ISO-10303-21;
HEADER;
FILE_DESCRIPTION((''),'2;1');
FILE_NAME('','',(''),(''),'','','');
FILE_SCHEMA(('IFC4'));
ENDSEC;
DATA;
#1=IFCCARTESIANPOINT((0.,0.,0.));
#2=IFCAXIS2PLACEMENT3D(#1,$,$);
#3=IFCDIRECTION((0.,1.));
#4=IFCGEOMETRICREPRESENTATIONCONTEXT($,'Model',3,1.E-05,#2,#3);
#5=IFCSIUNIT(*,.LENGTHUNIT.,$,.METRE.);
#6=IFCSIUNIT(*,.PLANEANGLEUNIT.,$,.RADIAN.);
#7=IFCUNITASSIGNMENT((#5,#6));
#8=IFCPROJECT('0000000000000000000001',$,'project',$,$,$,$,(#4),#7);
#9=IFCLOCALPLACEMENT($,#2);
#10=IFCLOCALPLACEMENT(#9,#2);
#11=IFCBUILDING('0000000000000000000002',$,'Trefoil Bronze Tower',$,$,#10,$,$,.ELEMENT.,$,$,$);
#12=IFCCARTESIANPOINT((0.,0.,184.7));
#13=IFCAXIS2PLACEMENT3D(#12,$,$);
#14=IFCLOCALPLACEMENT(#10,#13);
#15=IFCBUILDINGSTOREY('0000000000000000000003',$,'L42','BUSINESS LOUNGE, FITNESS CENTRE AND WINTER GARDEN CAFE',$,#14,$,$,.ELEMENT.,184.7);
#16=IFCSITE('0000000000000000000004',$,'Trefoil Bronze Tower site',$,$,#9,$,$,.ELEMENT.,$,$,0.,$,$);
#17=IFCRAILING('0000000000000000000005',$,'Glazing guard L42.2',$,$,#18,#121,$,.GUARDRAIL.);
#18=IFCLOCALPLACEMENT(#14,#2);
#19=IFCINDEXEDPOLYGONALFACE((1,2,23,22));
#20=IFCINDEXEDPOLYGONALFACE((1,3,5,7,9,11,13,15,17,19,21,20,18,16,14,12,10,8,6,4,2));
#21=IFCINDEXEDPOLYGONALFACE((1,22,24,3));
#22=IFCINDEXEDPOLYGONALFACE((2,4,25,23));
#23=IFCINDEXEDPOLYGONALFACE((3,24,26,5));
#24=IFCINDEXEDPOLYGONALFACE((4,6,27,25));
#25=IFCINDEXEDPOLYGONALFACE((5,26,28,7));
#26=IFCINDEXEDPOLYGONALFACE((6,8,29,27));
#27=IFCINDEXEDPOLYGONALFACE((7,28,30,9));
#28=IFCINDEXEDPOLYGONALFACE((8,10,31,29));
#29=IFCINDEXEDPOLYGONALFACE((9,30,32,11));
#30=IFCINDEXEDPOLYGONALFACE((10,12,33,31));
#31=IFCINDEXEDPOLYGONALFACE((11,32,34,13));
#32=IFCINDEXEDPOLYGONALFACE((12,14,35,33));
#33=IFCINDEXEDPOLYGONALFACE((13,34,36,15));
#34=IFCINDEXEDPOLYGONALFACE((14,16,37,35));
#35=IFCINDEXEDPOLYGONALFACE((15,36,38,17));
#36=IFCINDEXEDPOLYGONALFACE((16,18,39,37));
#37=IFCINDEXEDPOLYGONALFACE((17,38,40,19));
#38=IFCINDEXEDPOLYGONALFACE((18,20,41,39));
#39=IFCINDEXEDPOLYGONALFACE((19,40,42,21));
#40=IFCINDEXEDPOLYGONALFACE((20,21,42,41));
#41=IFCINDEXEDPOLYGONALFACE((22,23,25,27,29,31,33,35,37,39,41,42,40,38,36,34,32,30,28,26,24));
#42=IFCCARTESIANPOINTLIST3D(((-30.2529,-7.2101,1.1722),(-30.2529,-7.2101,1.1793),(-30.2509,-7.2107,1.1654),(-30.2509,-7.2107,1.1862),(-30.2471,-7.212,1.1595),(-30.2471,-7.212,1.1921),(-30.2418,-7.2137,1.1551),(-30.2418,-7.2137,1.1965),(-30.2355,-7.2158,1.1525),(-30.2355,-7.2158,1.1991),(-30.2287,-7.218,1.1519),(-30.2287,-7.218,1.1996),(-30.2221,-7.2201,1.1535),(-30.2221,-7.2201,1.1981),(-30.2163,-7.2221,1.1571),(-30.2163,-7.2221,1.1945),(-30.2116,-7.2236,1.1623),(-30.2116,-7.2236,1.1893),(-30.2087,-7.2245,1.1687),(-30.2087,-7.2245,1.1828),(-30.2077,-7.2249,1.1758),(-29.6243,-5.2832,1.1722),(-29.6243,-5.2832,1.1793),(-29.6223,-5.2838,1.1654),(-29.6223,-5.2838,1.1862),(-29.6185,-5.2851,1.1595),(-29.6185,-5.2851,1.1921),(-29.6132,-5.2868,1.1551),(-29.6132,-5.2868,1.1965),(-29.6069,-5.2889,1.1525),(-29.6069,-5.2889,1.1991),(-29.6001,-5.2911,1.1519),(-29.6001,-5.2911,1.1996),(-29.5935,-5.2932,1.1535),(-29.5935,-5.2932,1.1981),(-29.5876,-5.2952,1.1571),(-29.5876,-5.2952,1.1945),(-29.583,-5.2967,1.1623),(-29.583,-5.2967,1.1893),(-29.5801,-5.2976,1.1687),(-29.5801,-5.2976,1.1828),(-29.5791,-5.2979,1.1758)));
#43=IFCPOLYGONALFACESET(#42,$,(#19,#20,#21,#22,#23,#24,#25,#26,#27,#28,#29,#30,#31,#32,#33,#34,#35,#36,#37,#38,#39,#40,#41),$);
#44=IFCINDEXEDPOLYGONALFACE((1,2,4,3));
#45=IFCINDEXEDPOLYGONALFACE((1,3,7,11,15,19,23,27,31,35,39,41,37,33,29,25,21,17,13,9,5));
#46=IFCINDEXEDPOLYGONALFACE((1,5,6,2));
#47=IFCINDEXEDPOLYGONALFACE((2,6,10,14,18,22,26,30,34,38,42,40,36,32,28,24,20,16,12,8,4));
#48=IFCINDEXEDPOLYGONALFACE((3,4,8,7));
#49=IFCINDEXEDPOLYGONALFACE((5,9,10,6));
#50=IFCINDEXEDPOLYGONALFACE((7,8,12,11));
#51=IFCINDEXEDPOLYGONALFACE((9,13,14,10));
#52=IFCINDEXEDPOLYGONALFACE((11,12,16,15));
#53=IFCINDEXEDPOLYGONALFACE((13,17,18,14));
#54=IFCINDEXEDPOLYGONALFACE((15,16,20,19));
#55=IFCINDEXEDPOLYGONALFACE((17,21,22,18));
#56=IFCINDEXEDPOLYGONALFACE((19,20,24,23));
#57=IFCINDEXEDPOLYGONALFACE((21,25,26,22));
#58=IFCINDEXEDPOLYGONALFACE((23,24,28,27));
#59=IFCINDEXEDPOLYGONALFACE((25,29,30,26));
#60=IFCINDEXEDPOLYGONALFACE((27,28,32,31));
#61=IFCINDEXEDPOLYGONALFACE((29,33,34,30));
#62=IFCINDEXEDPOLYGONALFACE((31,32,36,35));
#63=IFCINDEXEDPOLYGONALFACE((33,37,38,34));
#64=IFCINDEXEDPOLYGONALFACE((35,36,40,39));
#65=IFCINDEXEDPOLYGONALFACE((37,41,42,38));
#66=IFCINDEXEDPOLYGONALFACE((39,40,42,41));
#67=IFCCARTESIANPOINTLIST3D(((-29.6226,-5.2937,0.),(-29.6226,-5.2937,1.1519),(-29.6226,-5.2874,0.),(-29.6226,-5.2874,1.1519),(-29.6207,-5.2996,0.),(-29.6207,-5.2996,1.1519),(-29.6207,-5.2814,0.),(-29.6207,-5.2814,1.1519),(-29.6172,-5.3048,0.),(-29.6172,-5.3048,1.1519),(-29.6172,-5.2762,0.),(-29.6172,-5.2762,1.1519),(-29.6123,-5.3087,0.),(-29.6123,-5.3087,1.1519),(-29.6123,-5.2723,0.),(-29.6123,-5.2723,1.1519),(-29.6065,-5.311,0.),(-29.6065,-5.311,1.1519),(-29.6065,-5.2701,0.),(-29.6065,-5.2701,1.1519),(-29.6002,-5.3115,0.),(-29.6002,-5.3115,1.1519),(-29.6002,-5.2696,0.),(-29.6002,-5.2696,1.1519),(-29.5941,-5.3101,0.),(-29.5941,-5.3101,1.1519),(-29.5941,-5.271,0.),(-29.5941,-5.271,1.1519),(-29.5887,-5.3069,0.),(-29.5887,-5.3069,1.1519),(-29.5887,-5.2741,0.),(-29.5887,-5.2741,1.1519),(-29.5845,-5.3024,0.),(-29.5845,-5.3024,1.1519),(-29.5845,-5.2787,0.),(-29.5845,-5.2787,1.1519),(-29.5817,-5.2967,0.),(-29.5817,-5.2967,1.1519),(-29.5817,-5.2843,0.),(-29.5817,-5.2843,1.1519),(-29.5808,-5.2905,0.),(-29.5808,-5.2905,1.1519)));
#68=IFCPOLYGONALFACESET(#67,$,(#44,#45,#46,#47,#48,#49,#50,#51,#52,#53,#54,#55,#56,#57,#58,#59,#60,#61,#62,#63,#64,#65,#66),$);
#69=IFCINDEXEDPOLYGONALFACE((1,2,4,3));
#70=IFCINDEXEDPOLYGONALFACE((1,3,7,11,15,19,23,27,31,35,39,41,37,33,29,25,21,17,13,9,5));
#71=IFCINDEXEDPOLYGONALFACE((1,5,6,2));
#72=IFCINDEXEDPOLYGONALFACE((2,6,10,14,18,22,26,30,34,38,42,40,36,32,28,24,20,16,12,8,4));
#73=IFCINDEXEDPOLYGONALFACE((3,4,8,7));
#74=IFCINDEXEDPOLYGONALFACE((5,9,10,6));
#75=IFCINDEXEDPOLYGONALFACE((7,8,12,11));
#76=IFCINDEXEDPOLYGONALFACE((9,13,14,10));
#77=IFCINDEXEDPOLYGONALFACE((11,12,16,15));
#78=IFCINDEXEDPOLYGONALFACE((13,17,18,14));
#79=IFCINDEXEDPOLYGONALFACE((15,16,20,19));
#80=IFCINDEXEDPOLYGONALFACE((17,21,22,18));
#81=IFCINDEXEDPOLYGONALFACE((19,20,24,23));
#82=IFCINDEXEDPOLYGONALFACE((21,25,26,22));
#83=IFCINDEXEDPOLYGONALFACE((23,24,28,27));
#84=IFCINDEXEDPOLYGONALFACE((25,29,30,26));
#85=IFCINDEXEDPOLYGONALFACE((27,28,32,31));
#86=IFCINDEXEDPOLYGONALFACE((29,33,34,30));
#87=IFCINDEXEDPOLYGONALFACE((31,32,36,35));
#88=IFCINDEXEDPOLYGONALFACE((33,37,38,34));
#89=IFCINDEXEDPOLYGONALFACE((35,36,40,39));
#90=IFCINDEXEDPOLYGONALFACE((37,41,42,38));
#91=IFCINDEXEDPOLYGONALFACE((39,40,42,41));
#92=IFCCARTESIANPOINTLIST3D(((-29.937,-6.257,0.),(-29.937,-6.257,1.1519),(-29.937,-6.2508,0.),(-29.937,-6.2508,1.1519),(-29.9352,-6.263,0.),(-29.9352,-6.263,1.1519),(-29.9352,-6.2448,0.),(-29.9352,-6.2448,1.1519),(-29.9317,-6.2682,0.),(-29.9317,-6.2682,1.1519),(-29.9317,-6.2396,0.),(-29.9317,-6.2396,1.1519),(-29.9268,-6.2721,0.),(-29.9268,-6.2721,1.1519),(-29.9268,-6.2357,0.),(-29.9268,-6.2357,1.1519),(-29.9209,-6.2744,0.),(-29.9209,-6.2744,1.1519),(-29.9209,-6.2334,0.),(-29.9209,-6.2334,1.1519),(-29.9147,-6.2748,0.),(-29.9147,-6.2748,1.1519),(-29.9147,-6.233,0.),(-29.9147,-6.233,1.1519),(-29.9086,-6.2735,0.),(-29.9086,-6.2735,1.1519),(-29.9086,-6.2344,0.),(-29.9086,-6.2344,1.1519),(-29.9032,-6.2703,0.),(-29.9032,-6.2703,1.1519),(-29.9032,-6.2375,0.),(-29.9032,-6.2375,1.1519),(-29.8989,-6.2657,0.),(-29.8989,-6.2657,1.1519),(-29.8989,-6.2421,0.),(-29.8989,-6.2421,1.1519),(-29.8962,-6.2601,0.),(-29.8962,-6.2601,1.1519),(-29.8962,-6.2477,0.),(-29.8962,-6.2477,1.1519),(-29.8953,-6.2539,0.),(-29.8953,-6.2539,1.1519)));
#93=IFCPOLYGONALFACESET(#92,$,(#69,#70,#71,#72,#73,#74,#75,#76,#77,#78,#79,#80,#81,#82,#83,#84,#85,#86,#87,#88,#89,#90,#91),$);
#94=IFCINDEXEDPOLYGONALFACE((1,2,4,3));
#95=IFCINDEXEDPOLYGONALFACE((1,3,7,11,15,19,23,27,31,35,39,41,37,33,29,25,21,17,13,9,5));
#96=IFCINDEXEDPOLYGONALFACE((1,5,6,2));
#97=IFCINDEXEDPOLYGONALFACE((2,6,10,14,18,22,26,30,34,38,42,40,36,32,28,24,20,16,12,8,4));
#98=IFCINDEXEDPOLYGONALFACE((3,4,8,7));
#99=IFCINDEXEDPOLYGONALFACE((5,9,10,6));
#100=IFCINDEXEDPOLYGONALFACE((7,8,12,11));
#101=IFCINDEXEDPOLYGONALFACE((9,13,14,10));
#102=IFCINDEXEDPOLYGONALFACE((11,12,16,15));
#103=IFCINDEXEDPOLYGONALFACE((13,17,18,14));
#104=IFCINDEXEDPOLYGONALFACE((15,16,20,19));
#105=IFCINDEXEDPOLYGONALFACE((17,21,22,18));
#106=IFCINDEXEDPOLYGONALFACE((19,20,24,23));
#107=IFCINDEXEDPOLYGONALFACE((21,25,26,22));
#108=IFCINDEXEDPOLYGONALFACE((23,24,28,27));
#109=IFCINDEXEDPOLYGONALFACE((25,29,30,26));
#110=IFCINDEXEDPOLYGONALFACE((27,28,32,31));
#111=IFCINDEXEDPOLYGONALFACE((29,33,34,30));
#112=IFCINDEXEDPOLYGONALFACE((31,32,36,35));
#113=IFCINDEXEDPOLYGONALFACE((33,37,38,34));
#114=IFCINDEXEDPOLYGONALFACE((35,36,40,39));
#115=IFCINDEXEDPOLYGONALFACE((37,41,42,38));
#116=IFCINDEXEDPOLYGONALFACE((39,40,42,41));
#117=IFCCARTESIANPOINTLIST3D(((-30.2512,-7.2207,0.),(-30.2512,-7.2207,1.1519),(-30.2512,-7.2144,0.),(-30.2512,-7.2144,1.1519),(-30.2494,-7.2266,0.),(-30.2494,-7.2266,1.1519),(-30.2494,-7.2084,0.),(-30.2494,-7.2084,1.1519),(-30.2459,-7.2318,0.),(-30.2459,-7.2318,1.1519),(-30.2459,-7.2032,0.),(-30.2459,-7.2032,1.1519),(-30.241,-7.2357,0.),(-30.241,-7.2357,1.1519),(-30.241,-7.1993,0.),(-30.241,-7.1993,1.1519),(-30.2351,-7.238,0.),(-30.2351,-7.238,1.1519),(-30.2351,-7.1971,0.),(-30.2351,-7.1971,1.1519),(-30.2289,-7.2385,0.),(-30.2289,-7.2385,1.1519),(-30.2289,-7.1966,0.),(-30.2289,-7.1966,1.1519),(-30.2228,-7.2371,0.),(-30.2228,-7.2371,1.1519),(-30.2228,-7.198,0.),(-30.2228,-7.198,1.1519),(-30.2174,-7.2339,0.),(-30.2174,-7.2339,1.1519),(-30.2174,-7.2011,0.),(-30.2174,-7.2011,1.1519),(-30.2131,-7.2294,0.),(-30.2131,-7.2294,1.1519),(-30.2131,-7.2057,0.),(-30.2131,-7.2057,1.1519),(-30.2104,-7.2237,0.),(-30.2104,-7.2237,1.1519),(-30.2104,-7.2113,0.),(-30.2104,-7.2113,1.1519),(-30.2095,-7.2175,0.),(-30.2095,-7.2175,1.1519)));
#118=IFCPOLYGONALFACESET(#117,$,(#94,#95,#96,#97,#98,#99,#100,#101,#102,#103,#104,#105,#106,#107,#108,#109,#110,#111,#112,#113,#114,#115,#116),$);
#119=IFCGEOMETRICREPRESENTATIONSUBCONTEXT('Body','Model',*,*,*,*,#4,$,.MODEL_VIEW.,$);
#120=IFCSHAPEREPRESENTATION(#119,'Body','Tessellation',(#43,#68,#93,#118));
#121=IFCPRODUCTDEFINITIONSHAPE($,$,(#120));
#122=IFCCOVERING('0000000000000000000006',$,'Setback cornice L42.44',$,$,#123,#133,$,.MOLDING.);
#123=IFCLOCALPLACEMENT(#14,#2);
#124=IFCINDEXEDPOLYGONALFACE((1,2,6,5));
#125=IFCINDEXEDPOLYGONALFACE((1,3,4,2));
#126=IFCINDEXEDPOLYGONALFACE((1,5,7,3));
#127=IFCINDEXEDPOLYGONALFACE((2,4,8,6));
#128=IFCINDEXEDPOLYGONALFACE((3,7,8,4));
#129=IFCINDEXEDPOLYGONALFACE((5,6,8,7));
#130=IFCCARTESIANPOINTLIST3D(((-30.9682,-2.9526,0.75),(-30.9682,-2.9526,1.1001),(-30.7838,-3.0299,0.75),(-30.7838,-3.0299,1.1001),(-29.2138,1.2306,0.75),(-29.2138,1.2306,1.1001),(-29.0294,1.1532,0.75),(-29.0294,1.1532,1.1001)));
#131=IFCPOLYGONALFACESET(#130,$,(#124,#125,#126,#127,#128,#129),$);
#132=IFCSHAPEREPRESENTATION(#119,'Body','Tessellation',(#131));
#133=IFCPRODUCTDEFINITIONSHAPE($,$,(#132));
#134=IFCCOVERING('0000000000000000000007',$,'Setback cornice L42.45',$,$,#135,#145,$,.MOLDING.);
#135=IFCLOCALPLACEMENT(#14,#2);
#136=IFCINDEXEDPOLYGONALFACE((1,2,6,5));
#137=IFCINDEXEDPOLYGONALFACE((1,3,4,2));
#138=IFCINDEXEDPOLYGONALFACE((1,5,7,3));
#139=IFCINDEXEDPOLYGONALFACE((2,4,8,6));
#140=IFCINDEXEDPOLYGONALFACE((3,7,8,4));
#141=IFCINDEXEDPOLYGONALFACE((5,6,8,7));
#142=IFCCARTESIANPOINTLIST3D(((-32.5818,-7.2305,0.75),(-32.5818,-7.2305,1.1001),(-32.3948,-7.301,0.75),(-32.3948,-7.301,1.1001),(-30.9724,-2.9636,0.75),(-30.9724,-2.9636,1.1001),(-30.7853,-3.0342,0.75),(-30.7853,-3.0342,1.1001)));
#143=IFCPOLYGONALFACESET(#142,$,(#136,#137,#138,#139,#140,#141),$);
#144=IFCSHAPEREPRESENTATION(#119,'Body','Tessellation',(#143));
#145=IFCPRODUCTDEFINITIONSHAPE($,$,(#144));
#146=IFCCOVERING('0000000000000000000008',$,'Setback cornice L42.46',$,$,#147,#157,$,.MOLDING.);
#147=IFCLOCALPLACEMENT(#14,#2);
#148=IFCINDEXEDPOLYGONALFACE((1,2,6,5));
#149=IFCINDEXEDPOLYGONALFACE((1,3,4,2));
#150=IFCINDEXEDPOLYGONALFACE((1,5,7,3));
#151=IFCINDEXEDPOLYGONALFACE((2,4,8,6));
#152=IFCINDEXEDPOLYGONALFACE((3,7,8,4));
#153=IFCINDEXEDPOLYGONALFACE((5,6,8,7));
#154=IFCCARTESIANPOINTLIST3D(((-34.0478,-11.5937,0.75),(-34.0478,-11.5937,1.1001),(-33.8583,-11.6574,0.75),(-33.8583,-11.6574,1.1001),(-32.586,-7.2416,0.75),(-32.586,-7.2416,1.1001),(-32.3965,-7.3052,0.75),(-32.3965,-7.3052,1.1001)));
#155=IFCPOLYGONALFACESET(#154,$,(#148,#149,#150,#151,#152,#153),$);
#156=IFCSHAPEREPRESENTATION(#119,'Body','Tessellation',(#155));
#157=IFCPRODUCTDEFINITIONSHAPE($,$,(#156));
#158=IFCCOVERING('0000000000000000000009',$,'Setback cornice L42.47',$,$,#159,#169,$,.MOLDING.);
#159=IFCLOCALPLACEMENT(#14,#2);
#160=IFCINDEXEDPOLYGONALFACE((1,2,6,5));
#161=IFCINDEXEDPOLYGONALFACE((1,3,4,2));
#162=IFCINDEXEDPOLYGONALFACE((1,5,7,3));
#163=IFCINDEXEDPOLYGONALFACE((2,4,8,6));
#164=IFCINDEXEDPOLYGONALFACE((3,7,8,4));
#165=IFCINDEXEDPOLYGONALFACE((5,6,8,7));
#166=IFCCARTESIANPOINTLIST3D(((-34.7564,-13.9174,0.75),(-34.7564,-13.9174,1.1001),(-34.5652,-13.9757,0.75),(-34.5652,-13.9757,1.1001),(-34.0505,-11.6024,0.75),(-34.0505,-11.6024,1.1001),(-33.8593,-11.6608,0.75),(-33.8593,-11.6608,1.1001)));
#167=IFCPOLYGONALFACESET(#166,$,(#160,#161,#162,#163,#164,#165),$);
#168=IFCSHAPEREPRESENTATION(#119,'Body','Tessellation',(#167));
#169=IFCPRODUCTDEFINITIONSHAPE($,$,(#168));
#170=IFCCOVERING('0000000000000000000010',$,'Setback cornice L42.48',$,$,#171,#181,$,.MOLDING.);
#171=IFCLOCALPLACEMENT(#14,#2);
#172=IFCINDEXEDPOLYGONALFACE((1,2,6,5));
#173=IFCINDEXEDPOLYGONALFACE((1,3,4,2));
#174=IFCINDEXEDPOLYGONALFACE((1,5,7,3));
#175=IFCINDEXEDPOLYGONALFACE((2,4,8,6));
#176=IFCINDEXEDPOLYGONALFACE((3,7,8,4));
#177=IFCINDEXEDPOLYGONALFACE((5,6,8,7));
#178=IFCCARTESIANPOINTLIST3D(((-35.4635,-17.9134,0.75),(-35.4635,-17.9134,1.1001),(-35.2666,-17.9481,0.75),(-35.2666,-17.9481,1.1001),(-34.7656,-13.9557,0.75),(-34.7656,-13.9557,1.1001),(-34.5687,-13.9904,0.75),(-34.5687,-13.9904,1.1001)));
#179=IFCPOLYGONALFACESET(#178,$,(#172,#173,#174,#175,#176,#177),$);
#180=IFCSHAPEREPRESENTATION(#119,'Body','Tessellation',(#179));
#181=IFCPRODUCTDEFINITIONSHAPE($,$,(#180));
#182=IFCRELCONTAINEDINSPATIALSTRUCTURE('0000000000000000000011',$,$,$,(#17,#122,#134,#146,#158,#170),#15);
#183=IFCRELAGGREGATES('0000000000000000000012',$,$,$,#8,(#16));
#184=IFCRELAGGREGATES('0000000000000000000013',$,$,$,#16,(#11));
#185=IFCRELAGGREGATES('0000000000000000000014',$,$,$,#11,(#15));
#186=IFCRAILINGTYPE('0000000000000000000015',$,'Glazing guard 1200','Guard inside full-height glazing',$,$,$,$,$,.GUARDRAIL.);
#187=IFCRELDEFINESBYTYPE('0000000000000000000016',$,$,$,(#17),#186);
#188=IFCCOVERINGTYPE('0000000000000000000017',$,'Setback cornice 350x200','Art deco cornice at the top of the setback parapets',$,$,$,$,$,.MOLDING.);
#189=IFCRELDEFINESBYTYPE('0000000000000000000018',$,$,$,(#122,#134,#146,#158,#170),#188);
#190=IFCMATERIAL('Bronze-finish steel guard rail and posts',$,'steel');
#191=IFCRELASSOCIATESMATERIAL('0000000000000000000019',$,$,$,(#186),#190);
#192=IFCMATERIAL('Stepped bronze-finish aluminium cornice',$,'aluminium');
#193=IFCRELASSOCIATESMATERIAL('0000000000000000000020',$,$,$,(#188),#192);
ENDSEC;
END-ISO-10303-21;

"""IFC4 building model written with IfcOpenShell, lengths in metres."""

from ifc_helpers import new_model, si_unit, direction, frame, origin, origin_2d, place, context, subcontext, project, spatial, rectangle, circle, extrude, material, type_object, element, save


model = new_model("IFC4")

# Units and contexts
model_context = context("Model", 3, precision=1e-05, world=origin(), true_north=direction((0.0, 1.0)))
body_context = subcontext(model_context, "Body", "Model", "MODEL_VIEW")
ifc_project = project(units=[si_unit("LENGTHUNIT", "METRE"), si_unit("PLANEANGLEUNIT", "RADIAN")], contexts=[model_context])

# Site, building, storey
site_placement = place(None, origin())
site = spatial("IfcSite", under=ifc_project, at=site_placement, Name="Trefoil Bronze Tower site", CompositionType="ELEMENT", RefElevation=0.0)
building_placement = place(site_placement, origin())
building = spatial("IfcBuilding", under=site, at=building_placement, Name="Trefoil Bronze Tower", CompositionType="ELEMENT")
storey_placement = place(building_placement, frame((0.0, 0.0, 184.7)))
storey = spatial("IfcBuildingStorey", under=building, at=storey_placement, Name="L42", Description="BUSINESS LOUNGE, FITNESS CENTRE AND WINTER GARDEN CAFE", CompositionType="ELEMENT", Elevation=184.7)

# Railing
ifc_material_1 = material(Name="Bronze-finish steel guard rail and posts", Category="steel")
railing_type = type_object("IfcRailingType", Name="Glazing guard 1200", Description="Guard inside full-height glazing", PredefinedType="GUARDRAIL", material=ifc_material_1)
railing_1_placement = place(storey_placement, frame((-29.6018, -5.2905, 0.0)))
element("IfcRailing", 1, at=railing_1_placement, inside=storey, type_object=railing_type, Name="Glazing guard L42.2", PredefinedType="GUARDRAIL", context=body_context, shape_type="SweptSolid", body=[
    extrude(circle(Radius=0.0239, at=origin_2d()), frame((0.0, 0.0, 1.1758), z_axis=(-0.310151, -0.950687, 0.0), x_axis=(0.950687, -0.310151, 0.0)), (0.0, 0.0, 1.0), 2.0269),
    extrude(circle(Radius=0.021, at=origin_2d()), origin(), (0.0, 0.0, 1.0), 1.1519),
    extrude(circle(Radius=0.021, at=origin_2d()), frame((-0.3145, -0.9634, 0.0)), (0.0, 0.0, 1.0), 1.1519),
    extrude(circle(Radius=0.021, at=origin_2d()), frame((-0.6287, -1.927, 0.0)), (0.0, 0.0, 1.0), 1.1519),
])

# Coverings
ifc_material_2 = material(Name="Stepped bronze-finish aluminium cornice", Category="aluminium")
covering_type = type_object("IfcCoveringType", Name="Setback cornice 350x200", Description="Art deco cornice at the top of the setback parapets", PredefinedType="MOLDING", material=ifc_material_2)
covering_1_placement = place(storey_placement, frame((-29.9988, -0.8997, 0.75), z_axis=(0.0, 0.0, 1.0), x_axis=(-0.386759, -0.922181, 0.0)))
element("IfcCovering", 2, at=covering_1_placement, inside=storey, type_object=covering_type, Name="Setback cornice L42.44", PredefinedType="MOLDING", context=body_context, shape_type="SweptSolid", body=[
    extrude(rectangle(XDim=4.5361, YDim=0.2, at=origin_2d()), origin(), (0.0, 0.0, 1.0), 0.3501),
])
covering_2_placement = place(storey_placement, frame((-31.6836, -5.1323, 0.75), z_axis=(0.0, 0.0, 1.0), x_axis=(-0.35292, -0.935654, 0.0)))
element("IfcCovering", 3, at=covering_2_placement, inside=storey, type_object=covering_type, Name="Setback cornice L42.45", PredefinedType="MOLDING", context=body_context, shape_type="SweptSolid", body=[
    extrude(rectangle(XDim=4.5603, YDim=0.2, at=origin_2d()), origin(), (0.0, 0.0, 1.0), 0.3501),
])
covering_3_placement = place(storey_placement, frame((-33.2222, -9.4495, 0.75), z_axis=(0.0, 0.0, 1.0), x_axis=(-0.318404, -0.947955, 0.0)))
element("IfcCovering", 4, at=covering_3_placement, inside=storey, type_object=covering_type, Name="Setback cornice L42.46", PredefinedType="MOLDING", context=body_context, shape_type="SweptSolid", body=[
    extrude(rectangle(XDim=4.5911, YDim=0.2, at=origin_2d()), origin(), (0.0, 0.0, 1.0), 0.3501),
])
covering_4_placement = place(storey_placement, frame((-34.3079, -12.7891, 0.75), z_axis=(0.0, 0.0, 1.0), x_axis=(-0.291669, -0.956519, 0.0)))
element("IfcCovering", 5, at=covering_4_placement, inside=storey, type_object=covering_type, Name="Setback cornice L42.47", PredefinedType="MOLDING", context=body_context, shape_type="SweptSolid", body=[
    extrude(rectangle(XDim=2.4202, YDim=0.2, at=origin_2d()), origin(), (0.0, 0.0, 1.0), 0.3501),
])
covering_5_placement = place(storey_placement, frame((-35.0161, -15.9519, 0.75), z_axis=(0.0, 0.0, 1.0), x_axis=(-0.173648, -0.984808, 0.0)))
element("IfcCovering", 6, at=covering_5_placement, inside=storey, type_object=covering_type, Name="Setback cornice L42.48", PredefinedType="MOLDING", context=body_context, shape_type="SweptSolid", body=[
    extrude(rectangle(XDim=4.0188, YDim=0.2, at=origin_2d()), origin(), (0.0, 0.0, 1.0), 0.3501),
])

save(model, "model.ifc")
